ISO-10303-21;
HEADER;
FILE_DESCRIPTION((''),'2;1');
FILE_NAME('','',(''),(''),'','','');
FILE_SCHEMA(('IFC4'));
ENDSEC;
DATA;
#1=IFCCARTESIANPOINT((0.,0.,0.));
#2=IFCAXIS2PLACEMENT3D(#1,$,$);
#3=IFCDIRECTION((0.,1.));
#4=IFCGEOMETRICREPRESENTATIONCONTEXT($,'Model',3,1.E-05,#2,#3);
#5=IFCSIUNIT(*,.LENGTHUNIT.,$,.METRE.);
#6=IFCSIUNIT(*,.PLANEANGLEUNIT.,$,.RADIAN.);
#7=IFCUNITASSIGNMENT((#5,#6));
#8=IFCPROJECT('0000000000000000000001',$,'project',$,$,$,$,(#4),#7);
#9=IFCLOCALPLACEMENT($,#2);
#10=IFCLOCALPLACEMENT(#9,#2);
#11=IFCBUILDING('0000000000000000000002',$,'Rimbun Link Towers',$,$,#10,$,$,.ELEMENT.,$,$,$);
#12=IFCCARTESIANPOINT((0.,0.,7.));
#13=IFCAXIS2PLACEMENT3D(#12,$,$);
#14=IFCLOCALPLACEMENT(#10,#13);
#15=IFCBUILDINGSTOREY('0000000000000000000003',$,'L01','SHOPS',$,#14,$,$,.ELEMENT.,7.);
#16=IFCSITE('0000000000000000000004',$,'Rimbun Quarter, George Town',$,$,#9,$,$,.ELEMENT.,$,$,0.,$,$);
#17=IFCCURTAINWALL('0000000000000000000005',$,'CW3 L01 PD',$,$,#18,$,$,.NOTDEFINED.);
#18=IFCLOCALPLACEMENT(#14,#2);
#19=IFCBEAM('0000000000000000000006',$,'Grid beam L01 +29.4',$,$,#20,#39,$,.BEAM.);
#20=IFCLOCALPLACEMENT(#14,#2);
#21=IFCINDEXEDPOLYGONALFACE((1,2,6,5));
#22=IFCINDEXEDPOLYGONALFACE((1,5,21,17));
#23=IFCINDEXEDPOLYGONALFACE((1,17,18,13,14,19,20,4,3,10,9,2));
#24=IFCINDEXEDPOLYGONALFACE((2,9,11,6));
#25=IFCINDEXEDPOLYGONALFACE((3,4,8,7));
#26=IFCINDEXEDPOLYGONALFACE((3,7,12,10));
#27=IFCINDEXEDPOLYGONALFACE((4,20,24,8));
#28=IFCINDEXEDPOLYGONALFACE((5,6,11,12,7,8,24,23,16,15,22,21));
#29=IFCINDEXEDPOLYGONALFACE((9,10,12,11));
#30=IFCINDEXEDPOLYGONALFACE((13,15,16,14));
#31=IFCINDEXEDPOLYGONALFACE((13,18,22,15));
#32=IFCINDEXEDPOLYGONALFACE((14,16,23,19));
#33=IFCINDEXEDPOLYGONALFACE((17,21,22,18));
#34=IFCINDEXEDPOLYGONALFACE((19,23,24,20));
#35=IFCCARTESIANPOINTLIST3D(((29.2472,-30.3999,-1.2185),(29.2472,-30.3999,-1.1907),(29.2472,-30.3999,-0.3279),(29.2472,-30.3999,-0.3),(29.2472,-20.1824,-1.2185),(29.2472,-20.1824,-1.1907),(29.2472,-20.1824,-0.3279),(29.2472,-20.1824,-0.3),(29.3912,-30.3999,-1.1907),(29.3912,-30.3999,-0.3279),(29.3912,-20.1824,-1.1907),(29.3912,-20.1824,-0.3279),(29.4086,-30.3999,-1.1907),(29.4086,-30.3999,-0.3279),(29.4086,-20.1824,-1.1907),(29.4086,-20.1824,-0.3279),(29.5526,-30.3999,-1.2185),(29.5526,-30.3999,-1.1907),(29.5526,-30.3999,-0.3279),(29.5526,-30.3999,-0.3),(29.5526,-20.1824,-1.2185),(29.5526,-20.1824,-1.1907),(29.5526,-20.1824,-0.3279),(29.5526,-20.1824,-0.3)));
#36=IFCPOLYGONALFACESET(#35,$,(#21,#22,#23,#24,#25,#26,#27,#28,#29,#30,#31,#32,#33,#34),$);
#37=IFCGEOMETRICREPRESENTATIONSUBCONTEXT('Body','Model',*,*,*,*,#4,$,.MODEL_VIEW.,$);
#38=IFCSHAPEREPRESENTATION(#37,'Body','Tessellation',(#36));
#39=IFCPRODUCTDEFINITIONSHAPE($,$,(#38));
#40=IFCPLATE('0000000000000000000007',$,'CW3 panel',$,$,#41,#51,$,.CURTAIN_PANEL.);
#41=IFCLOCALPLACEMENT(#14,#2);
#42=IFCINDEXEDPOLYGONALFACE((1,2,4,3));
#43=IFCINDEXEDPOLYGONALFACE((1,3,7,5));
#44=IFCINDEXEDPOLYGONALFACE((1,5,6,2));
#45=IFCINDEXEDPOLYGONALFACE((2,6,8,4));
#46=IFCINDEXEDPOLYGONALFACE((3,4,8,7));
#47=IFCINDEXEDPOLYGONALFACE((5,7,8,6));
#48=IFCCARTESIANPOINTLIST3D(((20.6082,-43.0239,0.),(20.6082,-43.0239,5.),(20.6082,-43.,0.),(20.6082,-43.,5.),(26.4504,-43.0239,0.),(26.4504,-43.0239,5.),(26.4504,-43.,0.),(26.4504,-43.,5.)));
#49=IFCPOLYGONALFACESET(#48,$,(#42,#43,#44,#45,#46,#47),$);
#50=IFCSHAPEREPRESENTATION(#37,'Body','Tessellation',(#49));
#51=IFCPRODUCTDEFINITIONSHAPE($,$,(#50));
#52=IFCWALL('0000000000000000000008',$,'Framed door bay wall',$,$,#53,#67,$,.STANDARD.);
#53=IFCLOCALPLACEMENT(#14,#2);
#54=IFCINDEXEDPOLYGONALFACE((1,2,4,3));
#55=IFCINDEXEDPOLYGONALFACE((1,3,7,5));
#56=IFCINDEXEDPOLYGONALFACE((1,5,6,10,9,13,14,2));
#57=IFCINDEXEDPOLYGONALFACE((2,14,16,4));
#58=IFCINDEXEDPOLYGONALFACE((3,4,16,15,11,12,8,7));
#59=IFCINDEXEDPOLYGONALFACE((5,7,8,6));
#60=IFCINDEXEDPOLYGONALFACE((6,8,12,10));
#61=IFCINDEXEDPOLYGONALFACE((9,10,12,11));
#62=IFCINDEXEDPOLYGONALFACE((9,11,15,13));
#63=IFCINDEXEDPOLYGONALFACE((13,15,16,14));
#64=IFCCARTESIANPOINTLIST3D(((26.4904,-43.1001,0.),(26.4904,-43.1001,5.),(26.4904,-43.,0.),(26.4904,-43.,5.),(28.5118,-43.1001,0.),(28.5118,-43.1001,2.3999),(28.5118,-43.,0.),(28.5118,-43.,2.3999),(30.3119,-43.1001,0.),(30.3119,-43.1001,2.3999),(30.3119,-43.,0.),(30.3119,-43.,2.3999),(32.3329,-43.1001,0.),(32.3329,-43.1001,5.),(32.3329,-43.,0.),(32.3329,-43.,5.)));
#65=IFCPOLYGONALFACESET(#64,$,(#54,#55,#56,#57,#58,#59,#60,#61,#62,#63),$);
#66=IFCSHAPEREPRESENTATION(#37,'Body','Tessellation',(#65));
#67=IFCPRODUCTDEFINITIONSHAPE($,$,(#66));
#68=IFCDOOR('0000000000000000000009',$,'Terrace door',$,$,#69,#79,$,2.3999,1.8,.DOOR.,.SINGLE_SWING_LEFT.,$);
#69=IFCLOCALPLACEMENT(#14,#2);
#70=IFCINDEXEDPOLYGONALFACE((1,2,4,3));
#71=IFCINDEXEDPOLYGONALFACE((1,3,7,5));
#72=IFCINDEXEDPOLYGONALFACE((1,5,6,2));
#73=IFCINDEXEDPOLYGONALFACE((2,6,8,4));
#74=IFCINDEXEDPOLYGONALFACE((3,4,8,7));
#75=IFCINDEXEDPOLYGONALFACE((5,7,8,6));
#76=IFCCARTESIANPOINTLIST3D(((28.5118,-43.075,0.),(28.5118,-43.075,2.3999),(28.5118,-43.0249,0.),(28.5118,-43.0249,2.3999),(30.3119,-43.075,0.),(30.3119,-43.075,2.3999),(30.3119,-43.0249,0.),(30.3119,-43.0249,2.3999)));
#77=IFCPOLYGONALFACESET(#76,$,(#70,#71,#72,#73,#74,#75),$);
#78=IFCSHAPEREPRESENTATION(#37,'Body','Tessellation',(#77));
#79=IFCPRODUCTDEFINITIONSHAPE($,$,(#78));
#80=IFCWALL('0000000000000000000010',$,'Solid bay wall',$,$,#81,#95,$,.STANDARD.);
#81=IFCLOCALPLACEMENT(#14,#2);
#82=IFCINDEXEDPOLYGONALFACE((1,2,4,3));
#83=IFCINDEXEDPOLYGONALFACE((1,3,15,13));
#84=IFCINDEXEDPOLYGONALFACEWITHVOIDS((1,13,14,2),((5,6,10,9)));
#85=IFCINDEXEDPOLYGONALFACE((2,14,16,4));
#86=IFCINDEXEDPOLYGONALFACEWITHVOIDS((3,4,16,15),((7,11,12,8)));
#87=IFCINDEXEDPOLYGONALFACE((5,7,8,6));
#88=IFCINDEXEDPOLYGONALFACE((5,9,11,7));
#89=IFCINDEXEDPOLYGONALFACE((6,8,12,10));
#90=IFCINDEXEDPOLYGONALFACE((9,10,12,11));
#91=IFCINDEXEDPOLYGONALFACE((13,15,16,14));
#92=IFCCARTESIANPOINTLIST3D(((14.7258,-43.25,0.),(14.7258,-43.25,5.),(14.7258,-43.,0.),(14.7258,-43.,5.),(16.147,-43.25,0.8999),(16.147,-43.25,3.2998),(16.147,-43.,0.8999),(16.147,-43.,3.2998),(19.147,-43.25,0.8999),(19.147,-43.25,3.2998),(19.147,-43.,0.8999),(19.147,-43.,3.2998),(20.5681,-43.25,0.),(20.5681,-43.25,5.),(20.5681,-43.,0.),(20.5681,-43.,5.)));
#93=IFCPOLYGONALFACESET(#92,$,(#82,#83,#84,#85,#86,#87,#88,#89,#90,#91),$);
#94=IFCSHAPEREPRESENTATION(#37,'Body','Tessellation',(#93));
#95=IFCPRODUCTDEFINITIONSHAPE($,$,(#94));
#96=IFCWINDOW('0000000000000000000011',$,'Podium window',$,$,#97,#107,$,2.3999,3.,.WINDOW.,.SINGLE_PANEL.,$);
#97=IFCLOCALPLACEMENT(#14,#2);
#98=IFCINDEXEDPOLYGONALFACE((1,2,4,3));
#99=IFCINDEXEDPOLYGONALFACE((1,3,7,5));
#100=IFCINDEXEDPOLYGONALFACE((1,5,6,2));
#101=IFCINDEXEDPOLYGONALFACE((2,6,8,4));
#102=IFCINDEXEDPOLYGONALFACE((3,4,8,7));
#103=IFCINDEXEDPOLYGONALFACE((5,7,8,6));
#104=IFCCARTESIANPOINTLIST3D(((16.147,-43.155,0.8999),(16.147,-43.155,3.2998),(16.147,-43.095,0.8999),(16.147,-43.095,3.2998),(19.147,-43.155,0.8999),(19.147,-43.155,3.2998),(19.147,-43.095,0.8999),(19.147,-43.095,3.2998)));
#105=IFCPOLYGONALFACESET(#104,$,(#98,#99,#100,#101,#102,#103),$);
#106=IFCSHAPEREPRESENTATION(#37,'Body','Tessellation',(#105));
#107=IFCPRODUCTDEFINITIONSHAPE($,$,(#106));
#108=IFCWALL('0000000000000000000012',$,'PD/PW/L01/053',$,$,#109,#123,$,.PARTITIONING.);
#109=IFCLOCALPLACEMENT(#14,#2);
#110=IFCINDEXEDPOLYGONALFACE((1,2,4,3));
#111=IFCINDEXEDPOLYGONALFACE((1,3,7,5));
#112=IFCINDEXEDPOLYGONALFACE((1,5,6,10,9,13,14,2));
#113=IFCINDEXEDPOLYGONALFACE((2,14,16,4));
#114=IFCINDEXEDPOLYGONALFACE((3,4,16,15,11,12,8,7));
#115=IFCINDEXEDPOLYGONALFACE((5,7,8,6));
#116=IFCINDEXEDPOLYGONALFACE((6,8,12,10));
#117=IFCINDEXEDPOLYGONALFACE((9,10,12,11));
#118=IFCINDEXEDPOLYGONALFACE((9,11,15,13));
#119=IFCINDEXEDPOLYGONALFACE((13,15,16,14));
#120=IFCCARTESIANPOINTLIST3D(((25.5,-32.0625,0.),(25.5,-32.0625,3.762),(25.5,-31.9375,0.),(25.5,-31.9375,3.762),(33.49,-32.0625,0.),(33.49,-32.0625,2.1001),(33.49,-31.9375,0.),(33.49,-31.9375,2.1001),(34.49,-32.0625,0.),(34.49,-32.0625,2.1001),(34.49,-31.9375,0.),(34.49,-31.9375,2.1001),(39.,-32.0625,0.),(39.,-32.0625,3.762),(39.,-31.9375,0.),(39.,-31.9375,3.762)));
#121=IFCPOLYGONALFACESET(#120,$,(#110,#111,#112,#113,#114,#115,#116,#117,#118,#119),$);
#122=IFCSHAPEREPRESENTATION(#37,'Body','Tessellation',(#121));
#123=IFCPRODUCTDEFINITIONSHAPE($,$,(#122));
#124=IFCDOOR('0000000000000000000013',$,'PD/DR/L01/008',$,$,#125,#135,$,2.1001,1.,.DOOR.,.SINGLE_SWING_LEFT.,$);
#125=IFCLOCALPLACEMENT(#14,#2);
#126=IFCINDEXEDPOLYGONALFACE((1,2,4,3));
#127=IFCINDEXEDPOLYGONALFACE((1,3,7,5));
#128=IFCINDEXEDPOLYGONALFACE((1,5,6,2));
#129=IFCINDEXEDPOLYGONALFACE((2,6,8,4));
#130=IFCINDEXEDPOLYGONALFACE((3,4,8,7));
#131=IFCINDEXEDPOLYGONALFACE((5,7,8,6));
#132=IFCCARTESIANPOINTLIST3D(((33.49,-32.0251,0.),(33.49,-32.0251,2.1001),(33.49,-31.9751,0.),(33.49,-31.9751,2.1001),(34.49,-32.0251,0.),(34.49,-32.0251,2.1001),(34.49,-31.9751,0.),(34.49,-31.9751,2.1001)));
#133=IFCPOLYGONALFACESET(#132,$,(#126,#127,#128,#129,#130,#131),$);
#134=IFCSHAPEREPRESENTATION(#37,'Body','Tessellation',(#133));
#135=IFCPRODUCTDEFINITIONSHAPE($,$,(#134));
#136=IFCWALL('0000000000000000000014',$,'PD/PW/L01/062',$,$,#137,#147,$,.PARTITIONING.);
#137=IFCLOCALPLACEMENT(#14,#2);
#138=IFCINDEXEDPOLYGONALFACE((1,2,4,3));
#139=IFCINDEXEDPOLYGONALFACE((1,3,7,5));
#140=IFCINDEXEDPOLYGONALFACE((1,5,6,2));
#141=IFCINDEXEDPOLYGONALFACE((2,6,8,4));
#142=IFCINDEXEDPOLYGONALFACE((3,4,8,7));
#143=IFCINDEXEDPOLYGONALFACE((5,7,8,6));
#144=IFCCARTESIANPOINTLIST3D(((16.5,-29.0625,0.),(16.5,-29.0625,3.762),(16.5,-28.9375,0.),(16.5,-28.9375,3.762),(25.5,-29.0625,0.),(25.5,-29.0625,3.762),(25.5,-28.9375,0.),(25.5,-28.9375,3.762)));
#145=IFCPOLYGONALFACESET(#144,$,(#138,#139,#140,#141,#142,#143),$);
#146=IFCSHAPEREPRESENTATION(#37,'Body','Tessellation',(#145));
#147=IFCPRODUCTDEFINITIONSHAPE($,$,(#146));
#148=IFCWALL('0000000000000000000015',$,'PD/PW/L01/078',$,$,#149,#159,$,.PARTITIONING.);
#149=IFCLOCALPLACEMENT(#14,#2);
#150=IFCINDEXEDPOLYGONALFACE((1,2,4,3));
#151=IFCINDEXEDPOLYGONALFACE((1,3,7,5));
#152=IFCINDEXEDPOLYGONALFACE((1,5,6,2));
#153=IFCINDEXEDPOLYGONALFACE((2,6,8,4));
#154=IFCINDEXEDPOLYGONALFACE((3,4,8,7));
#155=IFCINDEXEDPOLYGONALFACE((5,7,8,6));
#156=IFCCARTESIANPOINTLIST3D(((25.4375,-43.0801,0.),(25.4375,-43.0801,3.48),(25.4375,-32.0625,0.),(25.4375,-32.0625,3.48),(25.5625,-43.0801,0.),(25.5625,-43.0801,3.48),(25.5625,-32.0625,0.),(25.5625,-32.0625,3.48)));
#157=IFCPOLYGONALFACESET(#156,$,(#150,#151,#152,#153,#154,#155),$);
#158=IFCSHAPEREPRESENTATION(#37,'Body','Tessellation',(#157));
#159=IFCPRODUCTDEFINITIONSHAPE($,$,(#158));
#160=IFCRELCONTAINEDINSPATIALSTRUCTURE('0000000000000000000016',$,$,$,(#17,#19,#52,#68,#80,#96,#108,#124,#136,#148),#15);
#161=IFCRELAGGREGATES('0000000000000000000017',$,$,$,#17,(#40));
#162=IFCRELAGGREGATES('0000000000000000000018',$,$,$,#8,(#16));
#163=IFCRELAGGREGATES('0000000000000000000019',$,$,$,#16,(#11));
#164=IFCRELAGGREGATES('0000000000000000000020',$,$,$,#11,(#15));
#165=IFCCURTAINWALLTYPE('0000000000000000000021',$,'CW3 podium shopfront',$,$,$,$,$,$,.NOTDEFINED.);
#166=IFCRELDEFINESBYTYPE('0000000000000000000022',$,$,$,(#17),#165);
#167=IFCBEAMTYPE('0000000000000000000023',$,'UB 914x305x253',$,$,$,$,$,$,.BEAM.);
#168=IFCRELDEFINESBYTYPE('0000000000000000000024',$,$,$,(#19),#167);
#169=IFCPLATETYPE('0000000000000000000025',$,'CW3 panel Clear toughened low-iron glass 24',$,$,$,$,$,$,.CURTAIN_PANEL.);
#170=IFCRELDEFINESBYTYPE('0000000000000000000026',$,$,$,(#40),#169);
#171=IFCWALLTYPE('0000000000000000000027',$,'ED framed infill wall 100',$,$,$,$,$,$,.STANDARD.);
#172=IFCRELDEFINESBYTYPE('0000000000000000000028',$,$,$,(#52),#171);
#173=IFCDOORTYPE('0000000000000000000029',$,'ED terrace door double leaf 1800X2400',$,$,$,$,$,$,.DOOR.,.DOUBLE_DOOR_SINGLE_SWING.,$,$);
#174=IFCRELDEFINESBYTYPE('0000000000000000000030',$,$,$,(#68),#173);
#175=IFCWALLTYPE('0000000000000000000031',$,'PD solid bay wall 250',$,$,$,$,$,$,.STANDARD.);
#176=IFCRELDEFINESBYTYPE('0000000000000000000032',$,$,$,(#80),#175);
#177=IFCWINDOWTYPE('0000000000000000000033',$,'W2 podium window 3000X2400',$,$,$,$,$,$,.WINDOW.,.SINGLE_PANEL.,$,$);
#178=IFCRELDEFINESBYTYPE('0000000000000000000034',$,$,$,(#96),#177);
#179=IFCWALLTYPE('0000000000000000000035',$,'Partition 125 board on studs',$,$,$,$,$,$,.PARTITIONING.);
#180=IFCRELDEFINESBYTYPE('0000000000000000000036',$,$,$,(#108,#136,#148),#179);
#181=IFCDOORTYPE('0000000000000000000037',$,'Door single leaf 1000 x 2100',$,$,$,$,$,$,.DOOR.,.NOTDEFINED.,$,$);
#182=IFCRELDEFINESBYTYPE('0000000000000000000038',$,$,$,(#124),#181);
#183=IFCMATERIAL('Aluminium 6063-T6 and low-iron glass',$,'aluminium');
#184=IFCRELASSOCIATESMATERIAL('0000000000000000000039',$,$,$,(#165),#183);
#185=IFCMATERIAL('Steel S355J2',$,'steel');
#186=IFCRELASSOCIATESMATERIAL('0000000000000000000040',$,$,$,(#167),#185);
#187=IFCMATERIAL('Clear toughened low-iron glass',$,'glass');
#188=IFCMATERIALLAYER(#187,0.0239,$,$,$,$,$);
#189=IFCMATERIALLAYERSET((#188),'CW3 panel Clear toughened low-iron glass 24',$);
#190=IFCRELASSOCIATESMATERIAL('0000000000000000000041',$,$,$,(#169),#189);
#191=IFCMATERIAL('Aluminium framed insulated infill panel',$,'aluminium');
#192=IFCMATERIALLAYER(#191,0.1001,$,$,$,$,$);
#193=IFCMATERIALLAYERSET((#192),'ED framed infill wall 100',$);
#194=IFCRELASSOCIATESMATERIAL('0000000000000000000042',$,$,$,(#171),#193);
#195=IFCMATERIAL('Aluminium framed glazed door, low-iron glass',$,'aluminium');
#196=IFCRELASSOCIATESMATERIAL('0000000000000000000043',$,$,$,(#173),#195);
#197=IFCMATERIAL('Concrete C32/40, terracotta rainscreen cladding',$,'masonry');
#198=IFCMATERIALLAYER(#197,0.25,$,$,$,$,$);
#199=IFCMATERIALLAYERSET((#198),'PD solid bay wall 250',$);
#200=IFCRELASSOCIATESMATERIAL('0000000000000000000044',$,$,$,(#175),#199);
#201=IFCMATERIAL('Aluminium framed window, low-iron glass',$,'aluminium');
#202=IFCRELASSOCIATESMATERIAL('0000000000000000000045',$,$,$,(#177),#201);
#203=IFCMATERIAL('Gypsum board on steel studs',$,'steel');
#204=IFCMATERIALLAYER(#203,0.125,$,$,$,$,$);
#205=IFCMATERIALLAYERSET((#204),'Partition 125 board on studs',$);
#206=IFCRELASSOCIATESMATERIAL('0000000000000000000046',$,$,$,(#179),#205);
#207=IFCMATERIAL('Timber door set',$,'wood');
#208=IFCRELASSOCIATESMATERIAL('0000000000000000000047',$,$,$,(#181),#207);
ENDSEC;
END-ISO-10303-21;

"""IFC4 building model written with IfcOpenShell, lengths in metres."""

from ifc_helpers import new_model, si_unit, direction, frame, frame_2d, origin, origin_2d, place, context, subcontext, project, spatial, rectangle, i_section, extrude, material, layer, layer_set, material_profile, profile_set, type_object, element, fill, aggregate, save


model = new_model("IFC4")

# Units and contexts
model_context = context("Model", 3, precision=1e-05, world=origin(), true_north=direction((0.0, 1.0)))
body_context = subcontext(model_context, "Body", "Model", "MODEL_VIEW")
ifc_project = project(units=[si_unit("LENGTHUNIT", "METRE"), si_unit("PLANEANGLEUNIT", "RADIAN")], contexts=[model_context])

# Site, building, storey
site_placement = place(None, origin())
site = spatial("IfcSite", under=ifc_project, at=site_placement, Name="Rimbun Quarter, George Town", CompositionType="ELEMENT", RefElevation=0.0)
building_placement = place(site_placement, origin())
building = spatial("IfcBuilding", under=site, at=building_placement, Name="Rimbun Link Towers", CompositionType="ELEMENT")
storey_placement = place(building_placement, frame((0.0, 0.0, 7.0)))
storey = spatial("IfcBuildingStorey", under=building, at=storey_placement, Name="L01", Description="SHOPS", CompositionType="ELEMENT", Elevation=7.0)

# Curtain wall
ifc_material_1 = material(Name="Aluminium 6063-T6 and low-iron glass", Category="aluminium")
curtain_wall_type = type_object("IfcCurtainWallType", Name="CW3 podium shopfront", PredefinedType="NOTDEFINED", material=ifc_material_1)
curtain_wall_placement = place(storey_placement, origin())
curtain_wall = element("IfcCurtainWall", 1, at=curtain_wall_placement, inside=storey, type_object=curtain_wall_type, Name="CW3 L01 PD", PredefinedType="NOTDEFINED")

# Beam
ifc_material_2 = material(Name="Steel S355J2", Category="steel")
ifc_material_profile_1 = material_profile(ifc_material_2, i_section(OverallWidth=0.3054, OverallDepth=0.9185, WebThickness=0.0173, FlangeThickness=0.0278, at=origin_2d()), Name="UB 914x305x253")
ifc_profile_set_1 = profile_set([ifc_material_profile_1], Name="Steel S355J2")
beam_type_1 = type_object("IfcBeamType", Name="UB 914x305x253", PredefinedType="BEAM", material=ifc_profile_set_1)
beam_1_placement = place(storey_placement, frame((29.3999, -30.3999, -0.7593), z_axis=(0.0, 1.0, 0.0), x_axis=(-1.0, 0.0, 0.0)))
element("IfcBeam", 2, at=beam_1_placement, inside=storey, type_object=beam_type_1, Name="Grid beam L01 +29.4", PredefinedType="BEAM", context=body_context, shape_type="SweptSolid", body=[
    extrude(i_section(OverallWidth=0.3054, OverallDepth=0.9185, WebThickness=0.0173, FlangeThickness=0.0278, at=origin_2d()), origin(), (0.0, 0.0, 1.0), 10.2175),
])

# Plate
ifc_material_3 = material(Name="Clear toughened low-iron glass", Category="glass")
ifc_layer_1 = layer(ifc_material_3, 0.0239)
ifc_layer_set_1 = layer_set([ifc_layer_1], Name="CW3 panel Clear toughened low-iron glass 24")
plate_type = type_object("IfcPlateType", Name="CW3 panel Clear toughened low-iron glass 24", PredefinedType="CURTAIN_PANEL", material=ifc_layer_set_1)
plate_placement = place(storey_placement, frame((23.5293, -43.012, 0.0), z_axis=(0.0, 0.0, 1.0), x_axis=(-1.0, 0.0, 0.0)))
plate = element("IfcPlate", 3, at=plate_placement, type_object=plate_type, Name="CW3 panel", PredefinedType="CURTAIN_PANEL", context=body_context, shape_type="SweptSolid", body=[
    extrude(rectangle(XDim=5.8423, YDim=0.0239, at=origin_2d()), origin(), (0.0, 0.0, 1.0), 5.0),
])
aggregate(curtain_wall, [plate])

# Wall, opening, door
ifc_material_4 = material(Name="Aluminium framed insulated infill panel", Category="aluminium")
ifc_layer_2 = layer(ifc_material_4, 0.1001)
ifc_layer_set_2 = layer_set([ifc_layer_2], Name="ED framed infill wall 100")
wall_type_1 = type_object("IfcWallType", Name="ED framed infill wall 100", PredefinedType="STANDARD", material=ifc_layer_set_2)
wall_1_placement = place(storey_placement, frame((32.333, -43.05, 0.0), z_axis=(0.0, 0.0, 1.0), x_axis=(-1.0, 0.0, 0.0)))
wall_1 = element("IfcWall", 4, at=wall_1_placement, inside=storey, type_object=wall_type_1, Name="Framed door bay wall", PredefinedType="STANDARD", context=body_context, shape_type="SweptSolid", body=[
    extrude(rectangle(XDim=5.8425, YDim=0.1001, at=frame_2d((2.9214, 0.0))), origin(), (0.0, 0.0, 1.0), 5.0),
])
opening_1_placement = place(wall_1_placement, frame((2.0212, 0.0, 0.0)))
opening_1 = element("IfcOpeningElement", 5, at=opening_1_placement, cuts=wall_1, PredefinedType="OPENING", context=body_context, shape_type="SweptSolid", body=[
    extrude(rectangle(XDim=1.8, YDim=2.3999, at=frame_2d((0.8999, 1.2))), frame((0.0, 0.0601, 0.0), z_axis=(0.0, -1.0, 0.0), x_axis=(1.0, 0.0, 0.0)), (0.0, 0.0, 1.0), 0.1201),
])
ifc_material_5 = material(Name="Aluminium framed glazed door, low-iron glass", Category="aluminium")
door_type_1 = type_object("IfcDoorType", Name="ED terrace door double leaf 1800X2400", OperationType="DOUBLE_DOOR_SINGLE_SWING", PredefinedType="DOOR", material=ifc_material_5)
door_1_placement = place(opening_1_placement, origin())
door_1 = element("IfcDoor", 6, at=door_1_placement, inside=storey, type_object=door_type_1, Name="Terrace door", OperationType="SINGLE_SWING_LEFT", OverallHeight=2.3999, OverallWidth=1.8, PredefinedType="DOOR", context=body_context, shape_type="SweptSolid", body=[
    extrude(rectangle(XDim=1.8, YDim=2.3999, at=frame_2d((0.8999, 1.2))), frame((0.0, 0.0249, 0.0), z_axis=(0.0, -1.0, 0.0), x_axis=(1.0, 0.0, 0.0)), (0.0, 0.0, 1.0), 0.05),
])
fill(opening_1, door_1)

# Wall, opening, window
ifc_material_6 = material(Name="Concrete C32/40, terracotta rainscreen cladding", Category="masonry")
ifc_layer_3 = layer(ifc_material_6, 0.25)
ifc_layer_set_3 = layer_set([ifc_layer_3], Name="PD solid bay wall 250")
wall_type_2 = type_object("IfcWallType", Name="PD solid bay wall 250", PredefinedType="STANDARD", material=ifc_layer_set_3)
wall_2_placement = place(storey_placement, frame((20.5681, -43.125, 0.0), z_axis=(0.0, 0.0, 1.0), x_axis=(-1.0, 0.0, 0.0)))
wall_2 = element("IfcWall", 7, at=wall_2_placement, inside=storey, type_object=wall_type_2, Name="Solid bay wall", PredefinedType="STANDARD", context=body_context, shape_type="SweptSolid", body=[
    extrude(rectangle(XDim=5.8423, YDim=0.25, at=frame_2d((2.9211, 0.0))), origin(), (0.0, 0.0, 1.0), 5.0),
])
opening_2_placement = place(wall_2_placement, frame((1.4211, 0.0, 0.8999)))
opening_2 = element("IfcOpeningElement", 8, at=opening_2_placement, cuts=wall_2, PredefinedType="OPENING", context=body_context, shape_type="SweptSolid", body=[
    extrude(rectangle(XDim=3.0, YDim=2.3999, at=frame_2d((1.5, 1.2))), frame((0.0, 0.135, 0.0), z_axis=(0.0, -1.0, 0.0), x_axis=(1.0, 0.0, 0.0)), (0.0, 0.0, 1.0), 0.27),
])
ifc_material_7 = material(Name="Aluminium framed window, low-iron glass", Category="aluminium")
window_type = type_object("IfcWindowType", Name="W2 podium window 3000X2400", PartitioningType="SINGLE_PANEL", PredefinedType="WINDOW", material=ifc_material_7)
window_placement = place(opening_2_placement, origin())
window = element("IfcWindow", 9, at=window_placement, inside=storey, type_object=window_type, Name="Podium window", OverallHeight=2.3999, OverallWidth=3.0, PartitioningType="SINGLE_PANEL", PredefinedType="WINDOW", context=body_context, shape_type="SweptSolid", body=[
    extrude(rectangle(XDim=3.0, YDim=2.3999, at=frame_2d((1.5, 1.2))), frame((0.0, 0.03, 0.0), z_axis=(0.0, -1.0, 0.0), x_axis=(1.0, 0.0, 0.0)), (0.0, 0.0, 1.0), 0.0601),
])
fill(opening_2, window)

# Wall, opening, door
ifc_material_8 = material(Name="Gypsum board on steel studs", Category="steel")
ifc_layer_4 = layer(ifc_material_8, 0.125)
ifc_layer_set_4 = layer_set([ifc_layer_4], Name="Partition 125 board on studs")
wall_type_3 = type_object("IfcWallType", Name="Partition 125 board on studs", PredefinedType="PARTITIONING", material=ifc_layer_set_4)
wall_3_placement = place(storey_placement, frame((25.5, -32.0, 0.0), z_axis=(0.0, 0.0, 1.0), x_axis=(1.0, 0.0, 0.0)))
wall_3 = element("IfcWall", 10, at=wall_3_placement, inside=storey, type_object=wall_type_3, Name="PD/PW/L01/053", PredefinedType="PARTITIONING", context=body_context, shape_type="SweptSolid", body=[
    extrude(rectangle(XDim=13.5, YDim=0.125, at=frame_2d((6.75, 0.0))), origin(), (0.0, 0.0, 1.0), 3.762),
])
opening_3_placement = place(wall_3_placement, frame((7.99, 0.0, 0.0)))
opening_3 = element("IfcOpeningElement", 11, at=opening_3_placement, cuts=wall_3, PredefinedType="OPENING", context=body_context, shape_type="SweptSolid", body=[
    extrude(rectangle(XDim=1.0, YDim=2.1001, at=frame_2d((0.5, 1.05))), frame((0.0, 0.0725, 0.0), z_axis=(0.0, -1.0, 0.0), x_axis=(1.0, 0.0, 0.0)), (0.0, 0.0, 1.0), 0.145),
])
ifc_material_9 = material(Name="Timber door set", Category="wood")
door_type_2 = type_object("IfcDoorType", Name="Door single leaf 1000 x 2100", OperationType="NOTDEFINED", PredefinedType="DOOR", material=ifc_material_9)
door_2_placement = place(opening_3_placement, origin())
door_2 = element("IfcDoor", 12, at=door_2_placement, inside=storey, type_object=door_type_2, Name="PD/DR/L01/008", OperationType="SINGLE_SWING_LEFT", OverallHeight=2.1001, OverallWidth=1.0, PredefinedType="DOOR", context=body_context, shape_type="SweptSolid", body=[
    extrude(rectangle(XDim=1.0, YDim=2.1001, at=frame_2d((0.5, 1.05))), frame((0.0, 0.0249, 0.0), z_axis=(0.0, -1.0, 0.0), x_axis=(1.0, 0.0, 0.0)), (0.0, 0.0, 1.0), 0.05),
])
fill(opening_3, door_2)

# Walls
wall_4_placement = place(storey_placement, frame((25.5, -29.0, 0.0), z_axis=(0.0, 0.0, 1.0), x_axis=(-1.0, 0.0, 0.0)))
element("IfcWall", 13, at=wall_4_placement, inside=storey, type_object=wall_type_3, Name="PD/PW/L01/062", PredefinedType="PARTITIONING", context=body_context, shape_type="SweptSolid", body=[
    extrude(rectangle(XDim=9.0, YDim=0.125, at=frame_2d((4.5, 0.0))), origin(), (0.0, 0.0, 1.0), 3.762),
])
wall_5_placement = place(storey_placement, frame((25.5, -43.0801, 0.0), z_axis=(0.0, 0.0, 1.0), x_axis=(0.0, 1.0, 0.0)))
element("IfcWall", 14, at=wall_5_placement, inside=storey, type_object=wall_type_3, Name="PD/PW/L01/078", PredefinedType="PARTITIONING", context=body_context, shape_type="SweptSolid", body=[
    extrude(rectangle(XDim=11.0176, YDim=0.125, at=frame_2d((5.5088, 0.0))), origin(), (0.0, 0.0, 1.0), 3.48),
])

save(model, "model.ifc")
